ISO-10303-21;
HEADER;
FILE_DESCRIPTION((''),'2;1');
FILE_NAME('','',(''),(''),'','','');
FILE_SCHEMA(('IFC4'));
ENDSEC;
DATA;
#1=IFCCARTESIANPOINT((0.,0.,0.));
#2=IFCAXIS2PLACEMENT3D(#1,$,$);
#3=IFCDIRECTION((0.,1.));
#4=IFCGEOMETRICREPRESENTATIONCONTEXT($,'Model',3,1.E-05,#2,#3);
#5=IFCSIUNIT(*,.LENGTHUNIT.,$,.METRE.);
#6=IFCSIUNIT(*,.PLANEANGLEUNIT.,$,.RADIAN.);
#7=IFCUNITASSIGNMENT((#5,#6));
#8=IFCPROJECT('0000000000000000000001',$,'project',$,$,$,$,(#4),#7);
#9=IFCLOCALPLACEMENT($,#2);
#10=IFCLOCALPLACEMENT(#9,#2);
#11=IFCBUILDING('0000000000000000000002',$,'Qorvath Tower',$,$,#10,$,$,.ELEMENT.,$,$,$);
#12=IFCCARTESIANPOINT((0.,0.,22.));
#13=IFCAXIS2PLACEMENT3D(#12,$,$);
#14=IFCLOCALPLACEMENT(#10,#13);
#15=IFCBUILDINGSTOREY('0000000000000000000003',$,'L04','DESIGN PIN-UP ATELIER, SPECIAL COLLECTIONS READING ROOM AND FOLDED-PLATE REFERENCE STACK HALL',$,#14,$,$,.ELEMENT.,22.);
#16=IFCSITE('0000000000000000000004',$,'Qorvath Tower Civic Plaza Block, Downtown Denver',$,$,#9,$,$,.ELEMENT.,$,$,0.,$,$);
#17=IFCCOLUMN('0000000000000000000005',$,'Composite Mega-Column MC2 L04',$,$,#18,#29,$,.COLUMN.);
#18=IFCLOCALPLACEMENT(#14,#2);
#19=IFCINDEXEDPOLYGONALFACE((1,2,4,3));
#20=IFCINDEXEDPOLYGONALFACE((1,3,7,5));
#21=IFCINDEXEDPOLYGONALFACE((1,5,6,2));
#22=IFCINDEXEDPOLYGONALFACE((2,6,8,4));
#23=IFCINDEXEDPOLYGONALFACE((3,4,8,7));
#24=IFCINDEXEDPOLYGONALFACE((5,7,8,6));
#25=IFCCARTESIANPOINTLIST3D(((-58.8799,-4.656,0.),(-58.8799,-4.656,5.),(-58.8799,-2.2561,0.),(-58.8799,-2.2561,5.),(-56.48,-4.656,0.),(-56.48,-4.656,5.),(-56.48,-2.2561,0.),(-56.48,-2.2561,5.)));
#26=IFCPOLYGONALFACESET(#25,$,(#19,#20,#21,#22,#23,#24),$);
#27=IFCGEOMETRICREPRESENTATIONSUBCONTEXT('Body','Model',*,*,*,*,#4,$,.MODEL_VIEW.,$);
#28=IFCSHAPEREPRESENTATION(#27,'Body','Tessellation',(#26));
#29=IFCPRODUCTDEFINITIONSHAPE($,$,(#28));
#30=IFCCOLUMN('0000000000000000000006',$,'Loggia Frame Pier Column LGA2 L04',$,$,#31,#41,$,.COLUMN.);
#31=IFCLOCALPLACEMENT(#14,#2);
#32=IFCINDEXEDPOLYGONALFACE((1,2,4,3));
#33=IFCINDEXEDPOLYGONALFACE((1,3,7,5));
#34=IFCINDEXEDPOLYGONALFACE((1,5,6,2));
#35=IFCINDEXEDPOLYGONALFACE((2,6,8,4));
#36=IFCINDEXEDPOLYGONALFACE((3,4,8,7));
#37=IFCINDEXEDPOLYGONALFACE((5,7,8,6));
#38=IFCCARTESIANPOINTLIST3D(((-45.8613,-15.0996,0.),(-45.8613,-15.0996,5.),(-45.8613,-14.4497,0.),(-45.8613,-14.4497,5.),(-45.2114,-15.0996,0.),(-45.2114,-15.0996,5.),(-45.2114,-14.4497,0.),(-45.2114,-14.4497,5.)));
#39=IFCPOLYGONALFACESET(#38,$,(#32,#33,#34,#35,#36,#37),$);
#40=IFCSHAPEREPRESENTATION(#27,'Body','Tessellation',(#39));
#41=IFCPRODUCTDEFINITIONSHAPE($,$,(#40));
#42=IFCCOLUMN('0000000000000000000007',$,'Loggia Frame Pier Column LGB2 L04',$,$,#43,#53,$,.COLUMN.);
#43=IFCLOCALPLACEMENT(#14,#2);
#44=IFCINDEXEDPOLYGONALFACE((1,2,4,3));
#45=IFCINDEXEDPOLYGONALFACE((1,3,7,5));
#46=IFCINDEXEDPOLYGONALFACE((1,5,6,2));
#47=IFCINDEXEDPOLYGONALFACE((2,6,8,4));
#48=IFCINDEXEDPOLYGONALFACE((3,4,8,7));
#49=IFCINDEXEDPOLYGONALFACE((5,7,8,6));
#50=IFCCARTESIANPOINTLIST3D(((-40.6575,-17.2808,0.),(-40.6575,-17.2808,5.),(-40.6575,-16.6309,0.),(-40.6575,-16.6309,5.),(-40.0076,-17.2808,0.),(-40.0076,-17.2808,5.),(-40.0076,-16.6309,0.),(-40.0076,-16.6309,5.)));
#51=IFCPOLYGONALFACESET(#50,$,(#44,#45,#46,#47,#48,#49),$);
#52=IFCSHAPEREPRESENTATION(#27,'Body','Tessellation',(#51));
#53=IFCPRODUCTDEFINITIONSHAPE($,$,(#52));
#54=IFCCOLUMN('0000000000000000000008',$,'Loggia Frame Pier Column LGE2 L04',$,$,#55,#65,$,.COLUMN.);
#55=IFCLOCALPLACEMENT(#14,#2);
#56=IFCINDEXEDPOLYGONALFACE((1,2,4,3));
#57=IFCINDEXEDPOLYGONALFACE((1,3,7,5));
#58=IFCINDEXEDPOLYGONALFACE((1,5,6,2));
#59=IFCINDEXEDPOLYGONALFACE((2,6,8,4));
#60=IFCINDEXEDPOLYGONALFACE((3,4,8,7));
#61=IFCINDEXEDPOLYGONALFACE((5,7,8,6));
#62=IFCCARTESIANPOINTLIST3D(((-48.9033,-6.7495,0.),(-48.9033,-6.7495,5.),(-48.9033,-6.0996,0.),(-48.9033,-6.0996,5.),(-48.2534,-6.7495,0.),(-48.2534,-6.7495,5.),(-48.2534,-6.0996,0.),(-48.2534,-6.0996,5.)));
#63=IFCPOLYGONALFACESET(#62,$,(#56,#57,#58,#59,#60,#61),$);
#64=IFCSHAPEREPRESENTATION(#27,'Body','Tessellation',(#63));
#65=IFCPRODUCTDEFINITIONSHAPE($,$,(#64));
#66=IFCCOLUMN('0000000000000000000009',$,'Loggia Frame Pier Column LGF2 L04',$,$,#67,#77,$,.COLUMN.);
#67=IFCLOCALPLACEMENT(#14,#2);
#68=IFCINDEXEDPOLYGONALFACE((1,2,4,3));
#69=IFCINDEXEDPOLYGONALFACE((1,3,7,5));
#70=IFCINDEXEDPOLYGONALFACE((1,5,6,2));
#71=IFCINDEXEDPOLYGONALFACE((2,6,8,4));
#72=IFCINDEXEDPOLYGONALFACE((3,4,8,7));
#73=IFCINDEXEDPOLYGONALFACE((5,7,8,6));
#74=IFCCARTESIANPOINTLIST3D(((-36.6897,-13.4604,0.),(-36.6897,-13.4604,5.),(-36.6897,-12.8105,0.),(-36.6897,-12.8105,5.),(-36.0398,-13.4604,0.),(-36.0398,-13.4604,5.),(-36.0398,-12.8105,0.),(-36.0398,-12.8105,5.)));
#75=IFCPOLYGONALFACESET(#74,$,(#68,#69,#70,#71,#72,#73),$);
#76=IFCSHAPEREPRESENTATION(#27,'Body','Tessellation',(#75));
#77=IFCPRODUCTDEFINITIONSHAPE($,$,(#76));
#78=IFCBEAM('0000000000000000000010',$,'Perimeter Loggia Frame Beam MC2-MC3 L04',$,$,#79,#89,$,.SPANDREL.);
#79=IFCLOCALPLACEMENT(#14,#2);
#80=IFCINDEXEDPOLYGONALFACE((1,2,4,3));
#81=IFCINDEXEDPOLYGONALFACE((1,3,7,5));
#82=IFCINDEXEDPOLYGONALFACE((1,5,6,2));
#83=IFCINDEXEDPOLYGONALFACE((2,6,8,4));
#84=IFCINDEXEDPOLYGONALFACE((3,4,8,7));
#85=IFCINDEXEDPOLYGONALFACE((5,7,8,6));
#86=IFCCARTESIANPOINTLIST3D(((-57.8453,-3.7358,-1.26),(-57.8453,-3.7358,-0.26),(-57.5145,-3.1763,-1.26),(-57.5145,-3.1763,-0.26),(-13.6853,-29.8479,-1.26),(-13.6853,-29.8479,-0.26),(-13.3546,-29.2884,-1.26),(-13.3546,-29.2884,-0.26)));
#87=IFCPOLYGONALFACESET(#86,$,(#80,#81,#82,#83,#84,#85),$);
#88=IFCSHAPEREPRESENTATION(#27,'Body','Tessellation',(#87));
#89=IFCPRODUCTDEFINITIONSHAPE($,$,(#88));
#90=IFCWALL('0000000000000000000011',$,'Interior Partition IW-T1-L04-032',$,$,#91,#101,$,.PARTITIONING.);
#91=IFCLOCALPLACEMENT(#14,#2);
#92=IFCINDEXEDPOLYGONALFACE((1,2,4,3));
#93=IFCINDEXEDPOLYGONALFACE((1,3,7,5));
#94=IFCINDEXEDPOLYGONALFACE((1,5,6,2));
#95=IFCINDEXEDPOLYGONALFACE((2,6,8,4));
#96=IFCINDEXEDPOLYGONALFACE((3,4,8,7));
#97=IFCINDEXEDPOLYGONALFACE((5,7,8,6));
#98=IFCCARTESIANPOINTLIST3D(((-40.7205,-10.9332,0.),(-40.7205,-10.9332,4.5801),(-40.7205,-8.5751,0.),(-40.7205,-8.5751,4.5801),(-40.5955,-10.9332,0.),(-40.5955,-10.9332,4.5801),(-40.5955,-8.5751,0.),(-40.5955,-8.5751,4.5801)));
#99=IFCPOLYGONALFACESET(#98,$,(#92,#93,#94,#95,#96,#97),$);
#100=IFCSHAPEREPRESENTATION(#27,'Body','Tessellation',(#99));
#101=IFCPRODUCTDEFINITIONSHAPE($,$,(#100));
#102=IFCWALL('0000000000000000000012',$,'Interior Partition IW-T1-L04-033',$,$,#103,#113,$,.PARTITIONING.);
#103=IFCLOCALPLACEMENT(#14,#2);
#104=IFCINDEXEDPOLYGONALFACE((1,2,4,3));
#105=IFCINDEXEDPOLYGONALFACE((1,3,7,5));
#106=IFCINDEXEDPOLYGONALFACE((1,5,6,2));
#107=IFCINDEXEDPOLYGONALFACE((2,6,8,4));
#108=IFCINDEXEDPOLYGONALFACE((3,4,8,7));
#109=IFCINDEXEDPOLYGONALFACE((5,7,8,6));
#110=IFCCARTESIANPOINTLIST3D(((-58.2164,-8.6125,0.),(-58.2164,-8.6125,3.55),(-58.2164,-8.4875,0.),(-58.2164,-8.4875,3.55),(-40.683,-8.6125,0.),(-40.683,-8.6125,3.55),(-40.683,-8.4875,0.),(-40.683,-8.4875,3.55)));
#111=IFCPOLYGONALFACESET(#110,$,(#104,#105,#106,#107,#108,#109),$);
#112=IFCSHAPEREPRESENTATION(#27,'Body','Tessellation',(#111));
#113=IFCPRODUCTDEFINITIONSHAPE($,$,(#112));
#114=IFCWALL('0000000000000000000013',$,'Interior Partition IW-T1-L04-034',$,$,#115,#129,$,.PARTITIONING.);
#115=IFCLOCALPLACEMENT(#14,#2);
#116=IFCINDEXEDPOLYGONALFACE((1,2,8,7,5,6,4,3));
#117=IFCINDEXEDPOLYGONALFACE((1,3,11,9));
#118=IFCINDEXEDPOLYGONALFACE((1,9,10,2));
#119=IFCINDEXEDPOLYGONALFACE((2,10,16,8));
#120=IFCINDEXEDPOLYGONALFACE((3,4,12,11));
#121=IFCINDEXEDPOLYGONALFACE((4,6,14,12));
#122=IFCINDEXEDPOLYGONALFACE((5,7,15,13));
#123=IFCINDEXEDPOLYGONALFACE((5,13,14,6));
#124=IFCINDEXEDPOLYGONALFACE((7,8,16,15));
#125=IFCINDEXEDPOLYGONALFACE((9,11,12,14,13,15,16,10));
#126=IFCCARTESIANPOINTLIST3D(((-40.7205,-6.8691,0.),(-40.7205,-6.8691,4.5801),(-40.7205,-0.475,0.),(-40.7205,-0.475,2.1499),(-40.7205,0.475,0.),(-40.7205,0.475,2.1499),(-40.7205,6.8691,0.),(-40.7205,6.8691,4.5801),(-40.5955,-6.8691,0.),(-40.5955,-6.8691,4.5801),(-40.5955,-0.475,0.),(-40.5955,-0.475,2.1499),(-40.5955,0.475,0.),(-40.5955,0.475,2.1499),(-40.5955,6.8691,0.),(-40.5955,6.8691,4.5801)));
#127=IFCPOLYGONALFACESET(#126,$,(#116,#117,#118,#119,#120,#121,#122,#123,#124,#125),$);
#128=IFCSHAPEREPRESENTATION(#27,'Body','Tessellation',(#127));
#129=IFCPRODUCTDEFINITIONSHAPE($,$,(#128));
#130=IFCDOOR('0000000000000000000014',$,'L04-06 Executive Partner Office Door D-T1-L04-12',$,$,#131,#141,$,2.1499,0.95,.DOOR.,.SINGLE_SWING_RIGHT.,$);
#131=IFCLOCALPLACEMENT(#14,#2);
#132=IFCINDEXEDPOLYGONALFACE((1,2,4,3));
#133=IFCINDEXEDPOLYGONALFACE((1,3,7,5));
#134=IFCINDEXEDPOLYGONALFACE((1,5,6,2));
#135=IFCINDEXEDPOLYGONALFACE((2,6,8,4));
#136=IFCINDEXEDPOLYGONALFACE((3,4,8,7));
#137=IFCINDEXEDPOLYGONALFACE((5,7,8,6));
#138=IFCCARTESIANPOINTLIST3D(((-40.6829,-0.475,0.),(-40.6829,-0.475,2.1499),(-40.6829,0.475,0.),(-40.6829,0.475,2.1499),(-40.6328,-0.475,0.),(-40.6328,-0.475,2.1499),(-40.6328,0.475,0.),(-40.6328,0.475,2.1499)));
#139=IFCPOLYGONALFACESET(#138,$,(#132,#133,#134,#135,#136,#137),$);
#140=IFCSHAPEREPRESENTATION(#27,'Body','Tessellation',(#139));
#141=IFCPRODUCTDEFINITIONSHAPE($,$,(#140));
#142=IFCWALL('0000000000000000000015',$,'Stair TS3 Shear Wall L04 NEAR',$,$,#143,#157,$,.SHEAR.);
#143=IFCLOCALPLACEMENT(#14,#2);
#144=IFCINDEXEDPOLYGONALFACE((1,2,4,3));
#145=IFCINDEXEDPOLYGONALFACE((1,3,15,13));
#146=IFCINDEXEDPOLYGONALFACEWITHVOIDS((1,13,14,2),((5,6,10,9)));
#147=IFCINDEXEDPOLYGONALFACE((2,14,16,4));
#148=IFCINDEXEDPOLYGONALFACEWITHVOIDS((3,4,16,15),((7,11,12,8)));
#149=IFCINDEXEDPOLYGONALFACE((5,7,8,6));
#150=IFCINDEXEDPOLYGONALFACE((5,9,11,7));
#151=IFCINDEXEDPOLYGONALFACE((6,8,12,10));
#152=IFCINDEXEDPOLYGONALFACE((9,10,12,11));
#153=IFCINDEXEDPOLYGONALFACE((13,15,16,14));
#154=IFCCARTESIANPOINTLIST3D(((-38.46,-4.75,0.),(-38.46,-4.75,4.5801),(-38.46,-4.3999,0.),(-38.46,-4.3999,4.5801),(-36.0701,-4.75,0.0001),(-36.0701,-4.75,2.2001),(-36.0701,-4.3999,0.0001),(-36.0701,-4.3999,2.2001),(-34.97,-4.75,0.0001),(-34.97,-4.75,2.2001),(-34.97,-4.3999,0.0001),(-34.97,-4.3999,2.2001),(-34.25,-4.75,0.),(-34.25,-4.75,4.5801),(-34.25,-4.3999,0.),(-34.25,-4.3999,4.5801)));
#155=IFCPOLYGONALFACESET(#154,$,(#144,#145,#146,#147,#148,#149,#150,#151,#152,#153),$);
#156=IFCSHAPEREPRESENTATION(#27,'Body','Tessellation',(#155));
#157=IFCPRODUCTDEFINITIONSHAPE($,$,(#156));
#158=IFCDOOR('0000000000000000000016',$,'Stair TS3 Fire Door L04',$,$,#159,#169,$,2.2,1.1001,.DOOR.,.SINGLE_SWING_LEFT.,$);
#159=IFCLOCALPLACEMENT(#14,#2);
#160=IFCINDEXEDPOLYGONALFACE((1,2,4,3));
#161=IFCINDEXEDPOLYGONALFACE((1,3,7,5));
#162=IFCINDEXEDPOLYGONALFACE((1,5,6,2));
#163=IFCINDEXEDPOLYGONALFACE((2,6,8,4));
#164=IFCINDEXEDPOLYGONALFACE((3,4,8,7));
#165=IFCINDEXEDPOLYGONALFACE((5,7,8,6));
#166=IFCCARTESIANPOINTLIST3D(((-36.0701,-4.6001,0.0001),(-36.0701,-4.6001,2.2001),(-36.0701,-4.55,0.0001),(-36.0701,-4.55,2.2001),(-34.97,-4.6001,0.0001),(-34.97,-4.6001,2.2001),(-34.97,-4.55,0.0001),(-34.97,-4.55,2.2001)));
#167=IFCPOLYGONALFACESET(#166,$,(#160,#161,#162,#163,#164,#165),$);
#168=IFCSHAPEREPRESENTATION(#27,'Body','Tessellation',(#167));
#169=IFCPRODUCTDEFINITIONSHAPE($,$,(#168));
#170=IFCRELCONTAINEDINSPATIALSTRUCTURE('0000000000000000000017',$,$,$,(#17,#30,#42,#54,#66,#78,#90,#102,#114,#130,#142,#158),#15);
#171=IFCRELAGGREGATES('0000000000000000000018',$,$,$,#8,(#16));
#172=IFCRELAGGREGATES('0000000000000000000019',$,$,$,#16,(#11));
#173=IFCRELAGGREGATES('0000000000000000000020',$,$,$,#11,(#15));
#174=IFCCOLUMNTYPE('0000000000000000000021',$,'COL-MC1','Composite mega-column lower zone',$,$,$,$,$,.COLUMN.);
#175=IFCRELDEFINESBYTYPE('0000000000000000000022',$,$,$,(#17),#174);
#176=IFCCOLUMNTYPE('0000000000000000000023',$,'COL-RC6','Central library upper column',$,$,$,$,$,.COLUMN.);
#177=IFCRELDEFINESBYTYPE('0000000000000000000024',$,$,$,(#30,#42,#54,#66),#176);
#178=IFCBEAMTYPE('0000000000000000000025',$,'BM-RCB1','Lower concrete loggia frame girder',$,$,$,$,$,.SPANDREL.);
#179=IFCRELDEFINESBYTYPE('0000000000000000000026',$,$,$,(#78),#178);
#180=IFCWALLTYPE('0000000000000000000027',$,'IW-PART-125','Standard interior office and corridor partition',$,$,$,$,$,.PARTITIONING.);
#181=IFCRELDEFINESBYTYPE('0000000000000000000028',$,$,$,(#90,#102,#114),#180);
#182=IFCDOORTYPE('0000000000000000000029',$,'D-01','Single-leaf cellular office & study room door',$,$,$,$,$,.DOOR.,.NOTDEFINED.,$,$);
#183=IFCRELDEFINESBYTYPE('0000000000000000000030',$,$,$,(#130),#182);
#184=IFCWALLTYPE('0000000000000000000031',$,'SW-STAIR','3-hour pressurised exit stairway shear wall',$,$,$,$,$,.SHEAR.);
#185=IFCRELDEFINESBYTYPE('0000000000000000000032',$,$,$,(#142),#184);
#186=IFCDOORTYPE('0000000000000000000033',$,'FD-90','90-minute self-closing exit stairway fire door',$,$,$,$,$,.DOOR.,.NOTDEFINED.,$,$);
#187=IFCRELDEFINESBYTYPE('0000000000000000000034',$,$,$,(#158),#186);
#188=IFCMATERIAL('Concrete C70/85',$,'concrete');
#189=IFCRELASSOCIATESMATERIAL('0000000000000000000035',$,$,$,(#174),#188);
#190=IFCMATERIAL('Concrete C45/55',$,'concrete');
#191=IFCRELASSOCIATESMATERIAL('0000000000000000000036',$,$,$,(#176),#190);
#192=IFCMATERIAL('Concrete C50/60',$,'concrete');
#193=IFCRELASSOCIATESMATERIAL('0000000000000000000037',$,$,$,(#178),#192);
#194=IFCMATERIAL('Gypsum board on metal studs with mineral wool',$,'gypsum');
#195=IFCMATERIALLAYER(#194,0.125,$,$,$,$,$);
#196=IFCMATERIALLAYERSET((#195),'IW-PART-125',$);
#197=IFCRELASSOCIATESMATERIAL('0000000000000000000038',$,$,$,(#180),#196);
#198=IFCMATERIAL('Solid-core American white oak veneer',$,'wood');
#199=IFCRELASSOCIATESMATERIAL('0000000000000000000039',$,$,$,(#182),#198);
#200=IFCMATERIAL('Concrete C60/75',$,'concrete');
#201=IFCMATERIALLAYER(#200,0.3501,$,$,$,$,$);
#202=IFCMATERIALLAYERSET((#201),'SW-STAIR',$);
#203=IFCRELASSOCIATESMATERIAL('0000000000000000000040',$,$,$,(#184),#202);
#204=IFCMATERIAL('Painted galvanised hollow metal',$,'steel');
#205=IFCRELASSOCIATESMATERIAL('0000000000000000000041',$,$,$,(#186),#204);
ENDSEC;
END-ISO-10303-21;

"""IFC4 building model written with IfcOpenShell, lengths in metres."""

from ifc_helpers import new_model, si_unit, direction, frame, frame_2d, origin, origin_2d, place, context, subcontext, project, spatial, rectangle, extrude, material, layer, layer_set, material_profile, profile_set, type_object, element, fill, save


model = new_model("IFC4")

# Units and contexts
model_context = context("Model", 3, precision=1e-05, world=origin(), true_north=direction((0.0, 1.0)))
body_context = subcontext(model_context, "Body", "Model", "MODEL_VIEW")
ifc_project = project(units=[si_unit("LENGTHUNIT", "METRE"), si_unit("PLANEANGLEUNIT", "RADIAN")], contexts=[model_context])

# Site, building, storey
site_placement = place(None, origin())
site = spatial("IfcSite", under=ifc_project, at=site_placement, Name="Qorvath Tower Civic Plaza Block, Downtown Denver", CompositionType="ELEMENT", RefElevation=0.0)
building_placement = place(site_placement, origin())
building = spatial("IfcBuilding", under=site, at=building_placement, Name="Qorvath Tower", CompositionType="ELEMENT")
storey_placement = place(building_placement, frame((0.0, 0.0, 22.0)))
storey = spatial("IfcBuildingStorey", under=building, at=storey_placement, Name="L04", Description="DESIGN PIN-UP ATELIER, SPECIAL COLLECTIONS READING ROOM AND FOLDED-PLATE REFERENCE STACK HALL", CompositionType="ELEMENT", Elevation=22.0)

# Columns
ifc_material_1 = material(Name="Concrete C70/85", Category="concrete")
ifc_material_profile_1 = material_profile(ifc_material_1, rectangle(XDim=2.3999, YDim=2.3999, at=origin_2d()), Name="MC 2400x2400")
ifc_profile_set_1 = profile_set([ifc_material_profile_1], Name="Concrete C70/85")
column_type_1 = type_object("IfcColumnType", Name="COL-MC1", Description="Composite mega-column lower zone", PredefinedType="COLUMN", material=ifc_profile_set_1)
column_placement = place(storey_placement, frame((-57.6799, -3.4561, 0.0), z_axis=(0.0, 0.0, 1.0), x_axis=(1.0, 0.0, 0.0)))
element("IfcColumn", 1, at=column_placement, inside=storey, type_object=column_type_1, Name="Composite Mega-Column MC2 L04", PredefinedType="COLUMN", context=body_context, shape_type="SweptSolid", body=[
    extrude(rectangle(XDim=2.3999, YDim=2.3999, at=origin_2d()), origin(), (0.0, 0.0, 1.0), 5.0),
])
ifc_material_2 = material(Name="Concrete C45/55", Category="concrete")
ifc_material_profile_2 = material_profile(ifc_material_2, rectangle(XDim=0.6499, YDim=0.6499, at=origin_2d()), Name="RC 650x650")
ifc_profile_set_2 = profile_set([ifc_material_profile_2], Name="Concrete C45/55")
column_type_2 = type_object("IfcColumnType", Name="COL-RC6", Description="Central library upper column", PredefinedType="COLUMN", material=ifc_profile_set_2)
for number, where, z_axis, x_axis, name in (
    (2, (-45.5364, -14.7747, 0.0), (0.0, 0.0, 1.0), (1.0, 0.0, 0.0), "Loggia Frame Pier Column LGA2 L04"),
    (3, (-40.3325, -16.9558, 0.0), (0.0, 0.0, 1.0), (1.0, 0.0, 0.0), "Loggia Frame Pier Column LGB2 L04"),
    (4, (-48.5784, -6.4246, 0.0), (0.0, 0.0, 1.0), (1.0, 0.0, 0.0), "Loggia Frame Pier Column LGE2 L04"),
    (5, (-36.3647, -13.1355, 0.0), (0.0, 0.0, 1.0), (1.0, 0.0, 0.0), "Loggia Frame Pier Column LGF2 L04"),
):
    element("IfcColumn", number, at=place(storey_placement, frame(where, z_axis=z_axis, x_axis=x_axis)), inside=storey, type_object=column_type_2, Name=name, PredefinedType="COLUMN", context=body_context, shape_type="SweptSolid", body=[
        extrude(rectangle(XDim=0.6499, YDim=0.6499, at=origin_2d()), origin(), (0.0, 0.0, 1.0), 5.0),
    ])

# Beam
ifc_material_3 = material(Name="Concrete C50/60", Category="concrete")
ifc_material_profile_3 = material_profile(ifc_material_3, rectangle(XDim=0.6499, YDim=1.0, at=origin_2d()), Name="RCB 1000x650")
ifc_profile_set_3 = profile_set([ifc_material_profile_3], Name="Concrete C50/60")
beam_type = type_object("IfcBeamType", Name="BM-RCB1", Description="Lower concrete loggia frame girder", PredefinedType="SPANDREL", material=ifc_profile_set_3)
beam_placement = place(storey_placement, frame((-57.6799, -3.4561, -0.76), z_axis=(0.860777, -0.508983, 0.0), x_axis=(0.508983, 0.860777, 0.0)))
element("IfcBeam", 6, at=beam_placement, inside=storey, type_object=beam_type, Name="Perimeter Loggia Frame Beam MC2-MC3 L04", PredefinedType="SPANDREL", context=body_context, shape_type="SweptSolid", body=[
    extrude(rectangle(XDim=0.6499, YDim=1.0, at=origin_2d()), origin(), (0.0, 0.0, 1.0), 51.3025),
])

# Walls
ifc_material_4 = material(Name="Gypsum board on metal studs with mineral wool", Category="gypsum")
ifc_layer_1 = layer(ifc_material_4, 0.125)
ifc_layer_set_1 = layer_set([ifc_layer_1], Name="IW-PART-125")
wall_type_1 = type_object("IfcWallType", Name="IW-PART-125", Description="Standard interior office and corridor partition", PredefinedType="PARTITIONING", material=ifc_layer_set_1)
wall_1_placement = place(storey_placement, frame((-40.658, -8.575, 0.0), z_axis=(0.0, 0.0, 1.0), x_axis=(0.0, -1.0, 0.0)))
element("IfcWall", 7, at=wall_1_placement, inside=storey, type_object=wall_type_1, Name="Interior Partition IW-T1-L04-032", PredefinedType="PARTITIONING", context=body_context, shape_type="SweptSolid", body=[
    extrude(rectangle(XDim=2.3582, YDim=0.125, at=frame_2d((1.1792, 0.0))), origin(), (0.0, 0.0, 1.0), 4.5801),
])
wall_2_placement = place(storey_placement, frame((-40.6831, -8.55, 0.0), z_axis=(0.0, 0.0, 1.0), x_axis=(-1.0, 0.0, 0.0)))
element("IfcWall", 8, at=wall_2_placement, inside=storey, type_object=wall_type_1, Name="Interior Partition IW-T1-L04-033", PredefinedType="PARTITIONING", context=body_context, shape_type="SweptSolid", body=[
    extrude(rectangle(XDim=17.5334, YDim=0.125, at=frame_2d((8.7666, 0.0))), origin(), (0.0, 0.0, 1.0), 3.55),
])

# Walls, openings, doors
wall_3_placement = place(storey_placement, frame((-40.658, -6.8691, 0.0), z_axis=(0.0, 0.0, 1.0), x_axis=(0.0, 1.0, 0.0)))
wall_3 = element("IfcWall", 9, at=wall_3_placement, inside=storey, type_object=wall_type_1, Name="Interior Partition IW-T1-L04-034", PredefinedType="PARTITIONING", context=body_context, shape_type="SweptSolid", body=[
    extrude(rectangle(XDim=13.7383, YDim=0.125, at=frame_2d((6.8691, 0.0))), origin(), (0.0, 0.0, 1.0), 4.5801),
])
opening_1_placement = place(wall_3_placement, frame((6.394, 0.0, 0.0)))
opening_1 = element("IfcOpeningElement", 10, at=opening_1_placement, cuts=wall_3, PredefinedType="OPENING", context=body_context, shape_type="SweptSolid", body=[
    extrude(rectangle(XDim=0.95, YDim=2.1499, at=frame_2d((0.4751, 1.075))), frame((0.0, 0.0725, 0.0), z_axis=(0.0, -1.0, 0.0), x_axis=(1.0, 0.0, 0.0)), (0.0, 0.0, 1.0), 0.145),
])
ifc_material_5 = material(Name="Solid-core American white oak veneer", Category="wood")
door_type_1 = type_object("IfcDoorType", Name="D-01", Description="Single-leaf cellular office & study room door", OperationType="NOTDEFINED", PredefinedType="DOOR", material=ifc_material_5)
door_1_placement = place(opening_1_placement, origin())
door_1 = element("IfcDoor", 11, at=door_1_placement, inside=storey, type_object=door_type_1, Name="L04-06 Executive Partner Office Door D-T1-L04-12", OperationType="SINGLE_SWING_RIGHT", OverallHeight=2.1499, OverallWidth=0.95, PredefinedType="DOOR", context=body_context, shape_type="SweptSolid", body=[
    extrude(rectangle(XDim=0.95, YDim=2.1499, at=frame_2d((0.4751, 1.075))), frame((0.0, 0.0249, 0.0), z_axis=(0.0, -1.0, 0.0), x_axis=(1.0, 0.0, 0.0)), (0.0, 0.0, 1.0), 0.05),
])
fill(opening_1, door_1)
ifc_material_6 = material(Name="Concrete C60/75", Category="concrete")
ifc_layer_2 = layer(ifc_material_6, 0.3501)
ifc_layer_set_2 = layer_set([ifc_layer_2], Name="SW-STAIR")
wall_type_2 = type_object("IfcWallType", Name="SW-STAIR", Description="3-hour pressurised exit stairway shear wall", PredefinedType="SHEAR", material=ifc_layer_set_2)
wall_4_placement = place(storey_placement, frame((-38.46, -4.575, 0.0), z_axis=(0.0, 0.0, 1.0), x_axis=(1.0, 0.0, 0.0)))
wall_4 = element("IfcWall", 12, at=wall_4_placement, inside=storey, type_object=wall_type_2, Name="Stair TS3 Shear Wall L04 NEAR", PredefinedType="SHEAR", context=body_context, shape_type="SweptSolid", body=[
    extrude(rectangle(XDim=4.21, YDim=0.3501, at=frame_2d((2.105, 0.0))), origin(), (0.0, 0.0, 1.0), 4.5801),
])
opening_2_placement = place(wall_4_placement, frame((2.3899, 0.0, 0.0)))
opening_2 = element("IfcOpeningElement", 13, at=opening_2_placement, cuts=wall_4, PredefinedType="OPENING", context=body_context, shape_type="SweptSolid", body=[
    extrude(rectangle(XDim=1.1001, YDim=2.2, at=frame_2d((0.55, 1.1001))), frame((0.0, 0.1851, 0.0), z_axis=(0.0, -1.0, 0.0), x_axis=(1.0, 0.0, 0.0)), (0.0, 0.0, 1.0), 0.3701),
])
ifc_material_7 = material(Name="Painted galvanised hollow metal", Category="steel")
door_type_2 = type_object("IfcDoorType", Name="FD-90", Description="90-minute self-closing exit stairway fire door", OperationType="NOTDEFINED", PredefinedType="DOOR", material=ifc_material_7)
door_2_placement = place(opening_2_placement, origin())
door_2 = element("IfcDoor", 14, at=door_2_placement, inside=storey, type_object=door_type_2, Name="Stair TS3 Fire Door L04", OperationType="SINGLE_SWING_LEFT", OverallHeight=2.2, OverallWidth=1.1001, PredefinedType="DOOR", context=body_context, shape_type="SweptSolid", body=[
    extrude(rectangle(XDim=1.1001, YDim=2.2, at=frame_2d((0.55, 1.1001))), frame((0.0, 0.0249, 0.0), z_axis=(0.0, -1.0, 0.0), x_axis=(1.0, 0.0, 0.0)), (0.0, 0.0, 1.0), 0.05),
])
fill(opening_2, door_2)

save(model, "model.ifc")
